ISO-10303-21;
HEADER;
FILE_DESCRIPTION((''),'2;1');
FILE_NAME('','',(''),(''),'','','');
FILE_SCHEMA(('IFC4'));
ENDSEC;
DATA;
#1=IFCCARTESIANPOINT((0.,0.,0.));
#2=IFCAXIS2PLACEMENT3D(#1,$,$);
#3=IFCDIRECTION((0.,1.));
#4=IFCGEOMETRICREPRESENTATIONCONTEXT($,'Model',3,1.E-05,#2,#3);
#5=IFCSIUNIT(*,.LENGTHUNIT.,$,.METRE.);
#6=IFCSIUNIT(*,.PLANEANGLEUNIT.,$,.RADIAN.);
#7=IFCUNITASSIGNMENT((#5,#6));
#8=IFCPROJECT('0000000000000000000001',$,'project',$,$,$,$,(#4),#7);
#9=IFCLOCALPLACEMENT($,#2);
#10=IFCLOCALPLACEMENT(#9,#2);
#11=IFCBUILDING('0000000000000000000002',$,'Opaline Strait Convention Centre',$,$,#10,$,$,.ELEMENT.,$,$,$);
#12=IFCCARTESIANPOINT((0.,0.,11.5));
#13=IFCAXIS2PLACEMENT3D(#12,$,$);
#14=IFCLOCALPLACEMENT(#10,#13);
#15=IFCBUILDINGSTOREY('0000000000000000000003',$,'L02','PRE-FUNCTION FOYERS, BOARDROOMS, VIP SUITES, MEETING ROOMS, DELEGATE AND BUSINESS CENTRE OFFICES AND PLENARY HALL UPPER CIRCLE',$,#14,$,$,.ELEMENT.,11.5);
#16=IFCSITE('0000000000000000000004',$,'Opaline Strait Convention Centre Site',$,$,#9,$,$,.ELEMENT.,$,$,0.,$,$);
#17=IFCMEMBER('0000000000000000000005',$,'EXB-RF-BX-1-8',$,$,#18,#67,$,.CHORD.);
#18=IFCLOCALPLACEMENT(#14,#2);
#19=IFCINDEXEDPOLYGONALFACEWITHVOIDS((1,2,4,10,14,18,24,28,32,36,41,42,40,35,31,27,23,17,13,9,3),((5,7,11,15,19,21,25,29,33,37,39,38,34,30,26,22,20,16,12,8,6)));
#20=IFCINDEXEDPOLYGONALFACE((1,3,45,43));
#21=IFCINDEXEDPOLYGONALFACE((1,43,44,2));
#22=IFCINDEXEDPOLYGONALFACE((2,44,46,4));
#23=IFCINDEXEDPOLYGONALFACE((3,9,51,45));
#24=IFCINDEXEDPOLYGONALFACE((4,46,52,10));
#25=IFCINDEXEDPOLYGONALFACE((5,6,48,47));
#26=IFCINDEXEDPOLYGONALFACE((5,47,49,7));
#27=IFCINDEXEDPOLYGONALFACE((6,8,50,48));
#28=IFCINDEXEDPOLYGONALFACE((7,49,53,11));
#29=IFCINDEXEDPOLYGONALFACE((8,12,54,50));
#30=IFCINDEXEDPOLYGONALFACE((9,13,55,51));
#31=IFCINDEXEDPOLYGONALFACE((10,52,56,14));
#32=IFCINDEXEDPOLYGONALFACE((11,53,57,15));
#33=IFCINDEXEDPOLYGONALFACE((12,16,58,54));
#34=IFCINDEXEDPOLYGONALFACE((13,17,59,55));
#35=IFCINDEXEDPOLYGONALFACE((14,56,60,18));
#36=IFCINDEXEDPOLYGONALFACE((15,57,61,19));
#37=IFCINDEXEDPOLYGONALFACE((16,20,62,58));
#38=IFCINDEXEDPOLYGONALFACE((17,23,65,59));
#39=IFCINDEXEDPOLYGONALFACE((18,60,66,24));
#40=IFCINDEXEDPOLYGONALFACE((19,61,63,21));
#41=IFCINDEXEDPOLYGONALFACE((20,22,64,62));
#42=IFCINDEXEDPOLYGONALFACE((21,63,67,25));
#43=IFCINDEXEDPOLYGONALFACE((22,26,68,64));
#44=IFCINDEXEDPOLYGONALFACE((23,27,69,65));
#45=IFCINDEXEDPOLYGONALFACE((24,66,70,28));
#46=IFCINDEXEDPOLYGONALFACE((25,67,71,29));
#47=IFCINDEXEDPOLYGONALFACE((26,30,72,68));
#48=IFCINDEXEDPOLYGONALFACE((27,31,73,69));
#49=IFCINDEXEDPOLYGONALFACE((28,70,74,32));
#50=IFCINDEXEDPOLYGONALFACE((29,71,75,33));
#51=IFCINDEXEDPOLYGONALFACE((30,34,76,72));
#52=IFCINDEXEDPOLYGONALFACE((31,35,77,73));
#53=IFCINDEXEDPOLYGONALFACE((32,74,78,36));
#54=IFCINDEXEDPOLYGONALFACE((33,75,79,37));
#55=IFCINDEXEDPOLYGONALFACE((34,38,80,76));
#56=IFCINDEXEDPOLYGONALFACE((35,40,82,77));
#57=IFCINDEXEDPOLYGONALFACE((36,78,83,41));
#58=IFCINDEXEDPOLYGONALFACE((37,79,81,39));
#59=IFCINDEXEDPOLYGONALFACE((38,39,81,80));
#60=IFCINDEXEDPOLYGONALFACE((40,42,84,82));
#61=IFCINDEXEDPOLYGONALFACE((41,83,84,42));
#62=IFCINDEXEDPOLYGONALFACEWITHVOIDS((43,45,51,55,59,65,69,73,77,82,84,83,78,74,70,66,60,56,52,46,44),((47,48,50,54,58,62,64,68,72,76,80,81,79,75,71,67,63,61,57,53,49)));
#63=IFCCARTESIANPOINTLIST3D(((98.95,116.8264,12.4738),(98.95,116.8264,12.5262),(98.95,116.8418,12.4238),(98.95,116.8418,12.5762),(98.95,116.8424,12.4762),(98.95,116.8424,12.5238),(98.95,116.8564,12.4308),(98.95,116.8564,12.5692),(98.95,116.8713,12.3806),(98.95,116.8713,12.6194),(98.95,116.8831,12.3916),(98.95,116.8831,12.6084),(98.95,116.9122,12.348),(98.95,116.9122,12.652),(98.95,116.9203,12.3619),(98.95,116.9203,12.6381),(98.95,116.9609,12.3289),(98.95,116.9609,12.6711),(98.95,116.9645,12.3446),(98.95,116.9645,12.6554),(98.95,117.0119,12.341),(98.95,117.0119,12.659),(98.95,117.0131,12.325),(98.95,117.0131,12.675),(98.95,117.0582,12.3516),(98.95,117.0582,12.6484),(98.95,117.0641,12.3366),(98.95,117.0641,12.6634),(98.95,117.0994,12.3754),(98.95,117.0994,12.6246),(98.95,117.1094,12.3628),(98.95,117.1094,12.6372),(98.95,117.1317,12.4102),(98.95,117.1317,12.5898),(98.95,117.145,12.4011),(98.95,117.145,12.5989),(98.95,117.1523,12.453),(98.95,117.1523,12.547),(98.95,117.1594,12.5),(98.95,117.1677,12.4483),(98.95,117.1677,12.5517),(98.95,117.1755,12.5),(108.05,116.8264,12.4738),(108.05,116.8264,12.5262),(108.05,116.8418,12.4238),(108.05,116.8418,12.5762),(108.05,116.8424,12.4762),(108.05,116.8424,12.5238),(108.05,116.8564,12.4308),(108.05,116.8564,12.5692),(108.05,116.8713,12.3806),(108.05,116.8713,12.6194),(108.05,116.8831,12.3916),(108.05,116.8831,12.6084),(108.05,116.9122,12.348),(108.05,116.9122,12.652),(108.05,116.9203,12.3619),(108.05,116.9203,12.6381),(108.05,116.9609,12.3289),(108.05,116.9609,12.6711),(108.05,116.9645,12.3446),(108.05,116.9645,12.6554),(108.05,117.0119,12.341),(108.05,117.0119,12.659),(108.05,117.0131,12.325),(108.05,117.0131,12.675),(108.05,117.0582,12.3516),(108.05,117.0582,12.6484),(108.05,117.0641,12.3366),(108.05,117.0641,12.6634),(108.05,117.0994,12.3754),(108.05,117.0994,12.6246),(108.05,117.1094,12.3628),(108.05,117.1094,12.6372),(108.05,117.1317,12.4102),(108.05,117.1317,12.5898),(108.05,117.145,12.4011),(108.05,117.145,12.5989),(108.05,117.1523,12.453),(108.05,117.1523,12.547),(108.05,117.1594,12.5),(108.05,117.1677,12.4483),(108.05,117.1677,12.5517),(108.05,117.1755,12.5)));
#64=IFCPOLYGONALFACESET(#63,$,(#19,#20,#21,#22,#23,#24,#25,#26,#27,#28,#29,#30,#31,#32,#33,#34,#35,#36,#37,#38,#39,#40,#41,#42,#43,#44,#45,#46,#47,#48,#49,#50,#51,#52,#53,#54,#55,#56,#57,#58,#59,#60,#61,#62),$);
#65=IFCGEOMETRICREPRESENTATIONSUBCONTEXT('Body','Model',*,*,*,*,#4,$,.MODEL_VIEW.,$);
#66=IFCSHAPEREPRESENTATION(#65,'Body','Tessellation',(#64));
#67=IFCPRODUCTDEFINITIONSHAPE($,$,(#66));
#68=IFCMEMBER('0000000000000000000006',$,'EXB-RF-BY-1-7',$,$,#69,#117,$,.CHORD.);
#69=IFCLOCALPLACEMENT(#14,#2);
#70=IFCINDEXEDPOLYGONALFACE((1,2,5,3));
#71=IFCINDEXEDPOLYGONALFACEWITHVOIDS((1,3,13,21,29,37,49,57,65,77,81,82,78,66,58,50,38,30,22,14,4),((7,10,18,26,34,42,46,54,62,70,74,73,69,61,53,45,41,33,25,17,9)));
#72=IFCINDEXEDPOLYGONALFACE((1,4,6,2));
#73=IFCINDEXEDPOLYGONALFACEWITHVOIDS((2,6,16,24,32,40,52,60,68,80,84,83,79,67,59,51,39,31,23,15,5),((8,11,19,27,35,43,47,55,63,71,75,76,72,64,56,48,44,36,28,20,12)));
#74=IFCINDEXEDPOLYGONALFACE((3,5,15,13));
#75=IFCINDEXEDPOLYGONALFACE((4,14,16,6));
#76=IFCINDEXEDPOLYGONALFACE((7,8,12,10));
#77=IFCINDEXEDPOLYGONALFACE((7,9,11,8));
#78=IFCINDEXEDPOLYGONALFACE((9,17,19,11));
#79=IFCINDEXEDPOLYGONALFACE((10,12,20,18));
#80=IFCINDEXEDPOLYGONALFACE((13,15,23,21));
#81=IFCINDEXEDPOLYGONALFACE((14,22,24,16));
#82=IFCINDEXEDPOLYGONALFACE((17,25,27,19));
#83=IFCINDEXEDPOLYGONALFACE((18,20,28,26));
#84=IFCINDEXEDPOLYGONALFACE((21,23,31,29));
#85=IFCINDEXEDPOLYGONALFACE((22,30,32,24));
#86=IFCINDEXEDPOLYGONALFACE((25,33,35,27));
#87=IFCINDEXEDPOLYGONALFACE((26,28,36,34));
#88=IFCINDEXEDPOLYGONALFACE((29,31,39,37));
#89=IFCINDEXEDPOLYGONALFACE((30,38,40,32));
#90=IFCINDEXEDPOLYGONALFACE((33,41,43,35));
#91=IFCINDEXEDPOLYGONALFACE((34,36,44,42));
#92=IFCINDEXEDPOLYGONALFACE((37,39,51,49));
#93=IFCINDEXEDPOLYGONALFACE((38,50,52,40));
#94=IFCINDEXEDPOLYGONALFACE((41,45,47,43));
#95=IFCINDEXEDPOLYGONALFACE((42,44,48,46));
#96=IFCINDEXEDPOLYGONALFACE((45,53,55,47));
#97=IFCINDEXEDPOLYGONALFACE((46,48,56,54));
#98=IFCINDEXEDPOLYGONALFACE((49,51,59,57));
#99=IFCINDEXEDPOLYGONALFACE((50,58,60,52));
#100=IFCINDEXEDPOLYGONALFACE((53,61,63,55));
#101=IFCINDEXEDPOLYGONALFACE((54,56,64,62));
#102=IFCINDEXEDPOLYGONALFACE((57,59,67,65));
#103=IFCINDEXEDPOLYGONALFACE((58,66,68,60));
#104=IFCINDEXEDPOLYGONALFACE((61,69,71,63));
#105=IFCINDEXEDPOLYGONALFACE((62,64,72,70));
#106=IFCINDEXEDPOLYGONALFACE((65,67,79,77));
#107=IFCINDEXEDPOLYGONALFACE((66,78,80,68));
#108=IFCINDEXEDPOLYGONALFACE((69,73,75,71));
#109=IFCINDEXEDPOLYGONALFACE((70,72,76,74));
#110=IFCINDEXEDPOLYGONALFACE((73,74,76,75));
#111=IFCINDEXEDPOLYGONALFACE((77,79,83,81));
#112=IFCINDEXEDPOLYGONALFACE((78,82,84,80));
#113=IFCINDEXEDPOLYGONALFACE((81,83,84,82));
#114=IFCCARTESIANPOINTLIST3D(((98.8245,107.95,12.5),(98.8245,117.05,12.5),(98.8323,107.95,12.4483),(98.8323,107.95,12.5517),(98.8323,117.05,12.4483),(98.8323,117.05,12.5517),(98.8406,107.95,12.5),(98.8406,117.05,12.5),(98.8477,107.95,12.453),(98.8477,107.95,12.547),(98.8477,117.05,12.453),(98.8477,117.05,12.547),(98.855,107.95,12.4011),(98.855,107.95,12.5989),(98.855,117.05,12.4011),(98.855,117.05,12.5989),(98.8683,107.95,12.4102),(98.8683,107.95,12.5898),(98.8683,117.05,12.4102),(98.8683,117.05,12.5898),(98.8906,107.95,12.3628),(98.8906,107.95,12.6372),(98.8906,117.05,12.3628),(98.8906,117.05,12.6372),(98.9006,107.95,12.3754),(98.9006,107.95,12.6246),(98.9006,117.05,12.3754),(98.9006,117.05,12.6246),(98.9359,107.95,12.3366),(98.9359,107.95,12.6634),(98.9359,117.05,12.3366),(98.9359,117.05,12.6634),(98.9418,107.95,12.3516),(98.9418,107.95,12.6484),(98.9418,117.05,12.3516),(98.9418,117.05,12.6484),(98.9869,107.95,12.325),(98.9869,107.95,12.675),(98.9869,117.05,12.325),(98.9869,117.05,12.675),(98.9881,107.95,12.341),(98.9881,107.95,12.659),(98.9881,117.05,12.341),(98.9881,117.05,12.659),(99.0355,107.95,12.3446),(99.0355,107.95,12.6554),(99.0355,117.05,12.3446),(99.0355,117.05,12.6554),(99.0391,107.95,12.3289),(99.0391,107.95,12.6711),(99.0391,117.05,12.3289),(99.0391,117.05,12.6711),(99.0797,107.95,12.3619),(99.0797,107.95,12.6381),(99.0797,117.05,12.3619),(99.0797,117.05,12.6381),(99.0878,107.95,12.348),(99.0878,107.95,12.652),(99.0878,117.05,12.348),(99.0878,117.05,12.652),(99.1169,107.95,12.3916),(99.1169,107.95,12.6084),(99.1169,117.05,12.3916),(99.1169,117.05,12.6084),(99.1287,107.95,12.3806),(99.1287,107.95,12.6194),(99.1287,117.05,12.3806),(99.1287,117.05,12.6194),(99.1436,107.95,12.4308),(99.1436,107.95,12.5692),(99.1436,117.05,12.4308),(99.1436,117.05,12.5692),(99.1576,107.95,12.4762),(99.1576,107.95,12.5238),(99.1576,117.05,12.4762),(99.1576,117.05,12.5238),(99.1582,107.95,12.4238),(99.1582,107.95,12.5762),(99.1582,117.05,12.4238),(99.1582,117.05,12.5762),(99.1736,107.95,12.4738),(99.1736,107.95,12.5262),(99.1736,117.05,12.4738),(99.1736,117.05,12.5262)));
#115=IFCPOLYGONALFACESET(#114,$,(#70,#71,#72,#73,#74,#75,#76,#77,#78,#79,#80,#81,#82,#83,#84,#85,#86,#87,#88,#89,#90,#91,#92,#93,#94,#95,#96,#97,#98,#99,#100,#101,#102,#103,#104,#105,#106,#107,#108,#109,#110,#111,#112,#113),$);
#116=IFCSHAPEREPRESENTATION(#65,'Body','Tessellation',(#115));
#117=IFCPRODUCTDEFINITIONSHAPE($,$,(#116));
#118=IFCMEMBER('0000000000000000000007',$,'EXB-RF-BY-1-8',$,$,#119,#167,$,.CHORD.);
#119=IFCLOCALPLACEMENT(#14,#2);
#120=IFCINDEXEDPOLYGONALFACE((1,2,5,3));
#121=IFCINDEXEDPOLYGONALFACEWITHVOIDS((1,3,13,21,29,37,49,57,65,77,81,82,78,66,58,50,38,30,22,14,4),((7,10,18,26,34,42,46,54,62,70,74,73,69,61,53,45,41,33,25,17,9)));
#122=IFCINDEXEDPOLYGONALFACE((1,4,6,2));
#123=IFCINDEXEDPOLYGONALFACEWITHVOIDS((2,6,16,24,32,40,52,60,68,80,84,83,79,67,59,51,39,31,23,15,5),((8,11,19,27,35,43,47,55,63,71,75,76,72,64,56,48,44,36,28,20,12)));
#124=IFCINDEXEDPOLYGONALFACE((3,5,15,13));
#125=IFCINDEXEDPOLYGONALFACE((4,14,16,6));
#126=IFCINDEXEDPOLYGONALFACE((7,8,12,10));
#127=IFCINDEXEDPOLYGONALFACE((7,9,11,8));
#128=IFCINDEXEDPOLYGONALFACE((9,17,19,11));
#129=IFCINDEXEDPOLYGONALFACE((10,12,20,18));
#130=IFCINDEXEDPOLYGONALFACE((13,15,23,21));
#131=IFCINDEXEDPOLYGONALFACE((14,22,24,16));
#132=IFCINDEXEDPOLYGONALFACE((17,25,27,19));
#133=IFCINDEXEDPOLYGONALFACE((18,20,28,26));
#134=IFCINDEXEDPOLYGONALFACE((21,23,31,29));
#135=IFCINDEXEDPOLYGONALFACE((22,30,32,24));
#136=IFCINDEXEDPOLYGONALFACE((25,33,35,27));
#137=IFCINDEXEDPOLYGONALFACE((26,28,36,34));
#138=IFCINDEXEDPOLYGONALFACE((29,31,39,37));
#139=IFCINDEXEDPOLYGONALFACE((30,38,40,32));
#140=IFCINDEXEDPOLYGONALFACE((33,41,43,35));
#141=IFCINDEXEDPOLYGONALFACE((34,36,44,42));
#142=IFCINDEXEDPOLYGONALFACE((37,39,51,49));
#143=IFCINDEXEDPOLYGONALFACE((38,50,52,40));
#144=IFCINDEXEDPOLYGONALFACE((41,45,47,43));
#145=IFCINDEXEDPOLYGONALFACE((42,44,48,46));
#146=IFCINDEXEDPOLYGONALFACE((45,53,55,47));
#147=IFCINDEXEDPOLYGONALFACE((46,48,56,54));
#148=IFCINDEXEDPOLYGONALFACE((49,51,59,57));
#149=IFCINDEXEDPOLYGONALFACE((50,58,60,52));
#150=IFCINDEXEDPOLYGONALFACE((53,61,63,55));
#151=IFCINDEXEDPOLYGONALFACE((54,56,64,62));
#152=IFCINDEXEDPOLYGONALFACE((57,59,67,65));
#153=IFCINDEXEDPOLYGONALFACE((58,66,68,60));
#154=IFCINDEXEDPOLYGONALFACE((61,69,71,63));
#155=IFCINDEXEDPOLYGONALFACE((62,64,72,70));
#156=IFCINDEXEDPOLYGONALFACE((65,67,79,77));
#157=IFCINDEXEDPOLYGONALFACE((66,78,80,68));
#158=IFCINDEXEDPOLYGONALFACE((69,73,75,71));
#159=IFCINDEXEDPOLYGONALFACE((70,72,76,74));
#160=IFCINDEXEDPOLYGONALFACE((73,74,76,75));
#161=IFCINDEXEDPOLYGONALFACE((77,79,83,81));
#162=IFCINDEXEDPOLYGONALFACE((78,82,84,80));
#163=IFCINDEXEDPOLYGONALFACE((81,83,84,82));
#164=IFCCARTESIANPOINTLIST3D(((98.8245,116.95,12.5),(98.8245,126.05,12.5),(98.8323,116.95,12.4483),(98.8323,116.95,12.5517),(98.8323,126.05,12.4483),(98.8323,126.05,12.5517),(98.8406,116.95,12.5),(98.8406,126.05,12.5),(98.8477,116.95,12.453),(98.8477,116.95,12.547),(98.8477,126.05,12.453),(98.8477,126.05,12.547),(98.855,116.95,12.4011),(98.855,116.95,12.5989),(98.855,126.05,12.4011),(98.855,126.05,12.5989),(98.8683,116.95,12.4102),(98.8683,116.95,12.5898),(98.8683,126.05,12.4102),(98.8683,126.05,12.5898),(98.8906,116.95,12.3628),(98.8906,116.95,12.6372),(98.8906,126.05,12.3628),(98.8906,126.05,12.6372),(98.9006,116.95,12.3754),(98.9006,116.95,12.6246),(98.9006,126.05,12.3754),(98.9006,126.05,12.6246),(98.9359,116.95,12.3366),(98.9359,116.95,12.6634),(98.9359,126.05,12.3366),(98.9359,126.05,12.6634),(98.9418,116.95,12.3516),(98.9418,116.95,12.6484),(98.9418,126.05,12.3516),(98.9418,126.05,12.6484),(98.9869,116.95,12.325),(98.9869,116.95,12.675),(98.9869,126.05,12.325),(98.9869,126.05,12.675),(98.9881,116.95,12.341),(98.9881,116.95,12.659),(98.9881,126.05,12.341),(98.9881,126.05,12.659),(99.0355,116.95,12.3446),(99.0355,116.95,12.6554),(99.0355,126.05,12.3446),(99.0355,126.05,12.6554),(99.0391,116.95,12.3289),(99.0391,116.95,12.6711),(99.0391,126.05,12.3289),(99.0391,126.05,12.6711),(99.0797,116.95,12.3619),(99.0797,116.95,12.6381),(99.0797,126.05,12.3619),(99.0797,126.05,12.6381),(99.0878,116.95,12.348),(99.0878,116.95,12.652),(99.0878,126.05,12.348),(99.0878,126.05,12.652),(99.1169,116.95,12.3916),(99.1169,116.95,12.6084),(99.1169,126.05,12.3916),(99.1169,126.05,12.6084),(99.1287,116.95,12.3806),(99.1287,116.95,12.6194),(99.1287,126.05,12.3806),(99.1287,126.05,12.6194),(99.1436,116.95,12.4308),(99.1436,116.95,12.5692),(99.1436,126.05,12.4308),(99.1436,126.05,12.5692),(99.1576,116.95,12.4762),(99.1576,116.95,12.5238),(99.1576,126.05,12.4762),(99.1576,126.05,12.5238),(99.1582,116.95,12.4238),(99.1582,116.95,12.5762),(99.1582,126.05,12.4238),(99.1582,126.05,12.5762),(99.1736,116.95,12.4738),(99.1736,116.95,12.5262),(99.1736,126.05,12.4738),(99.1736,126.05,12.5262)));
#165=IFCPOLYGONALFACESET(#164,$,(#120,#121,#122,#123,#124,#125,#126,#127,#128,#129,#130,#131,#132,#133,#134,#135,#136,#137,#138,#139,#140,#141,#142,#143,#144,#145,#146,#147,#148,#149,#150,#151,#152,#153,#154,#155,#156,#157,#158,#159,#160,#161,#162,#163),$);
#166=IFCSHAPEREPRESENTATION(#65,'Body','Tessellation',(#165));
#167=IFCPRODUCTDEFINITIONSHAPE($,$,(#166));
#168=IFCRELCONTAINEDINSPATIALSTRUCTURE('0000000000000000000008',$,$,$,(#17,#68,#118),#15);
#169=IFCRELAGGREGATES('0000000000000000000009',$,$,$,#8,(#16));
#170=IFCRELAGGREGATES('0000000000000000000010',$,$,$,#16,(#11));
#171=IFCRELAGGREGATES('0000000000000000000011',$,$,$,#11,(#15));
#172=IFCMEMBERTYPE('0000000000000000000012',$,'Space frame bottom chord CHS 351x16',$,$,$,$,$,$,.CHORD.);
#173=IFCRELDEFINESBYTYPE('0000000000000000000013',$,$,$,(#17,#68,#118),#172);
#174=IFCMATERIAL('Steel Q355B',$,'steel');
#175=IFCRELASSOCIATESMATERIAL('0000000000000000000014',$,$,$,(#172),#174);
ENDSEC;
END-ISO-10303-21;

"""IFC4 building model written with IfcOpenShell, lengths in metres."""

from ifc_helpers import new_model, si_unit, direction, frame, origin, origin_2d, place, context, subcontext, project, spatial, hollow_circle, extrude, material, material_profile, profile_set, type_object, element, save


model = new_model("IFC4")

# Units and contexts
model_context = context("Model", 3, precision=1e-05, world=origin(), true_north=direction((0.0, 1.0)))
body_context = subcontext(model_context, "Body", "Model", "MODEL_VIEW")
ifc_project = project(units=[si_unit("LENGTHUNIT", "METRE"), si_unit("PLANEANGLEUNIT", "RADIAN")], contexts=[model_context])

# Site, building, storey
site_placement = place(None, origin())
site = spatial("IfcSite", under=ifc_project, at=site_placement, Name="Opaline Strait Convention Centre Site", CompositionType="ELEMENT", RefElevation=0.0)
building_placement = place(site_placement, origin())
building = spatial("IfcBuilding", under=site, at=building_placement, Name="Opaline Strait Convention Centre", CompositionType="ELEMENT")
storey_placement = place(building_placement, frame((0.0, 0.0, 11.5)))
storey = spatial("IfcBuildingStorey", under=building, at=storey_placement, Name="L02", Description="PRE-FUNCTION FOYERS, BOARDROOMS, VIP SUITES, MEETING ROOMS, DELEGATE AND BUSINESS CENTRE OFFICES AND PLENARY HALL UPPER CIRCLE", CompositionType="ELEMENT", Elevation=11.5)

# Shared definitions
ifc_material_1 = material(Name="Steel Q355B", Category="steel")

# Members
ifc_material_profile_1 = material_profile(ifc_material_1, hollow_circle(Radius=0.1755, WallThickness=0.0161, at=origin_2d()), Name="CHS 351x16")
ifc_profile_set_1 = profile_set([ifc_material_profile_1], Name="Steel Q355B")
member_type_1 = type_object("IfcMemberType", Name="Space frame bottom chord CHS 351x16", PredefinedType="CHORD", material=ifc_profile_set_1)
for number, where, z_axis, x_axis, name in (
    (1, (98.95, 117.0, 12.5), (1.0, 0.0, 0.0), (0.0, 1.0, 0.0), "EXB-RF-BX-1-8"),
    (2, (99.0, 107.95, 12.5), (0.0, 1.0, 0.0), (-1.0, 0.0, 0.0), "EXB-RF-BY-1-7"),
    (3, (99.0, 116.95, 12.5), (0.0, 1.0, 0.0), (-1.0, 0.0, 0.0), "EXB-RF-BY-1-8"),
):
    element("IfcMember", number, at=place(storey_placement, frame(where, z_axis=z_axis, x_axis=x_axis)), inside=storey, type_object=member_type_1, Name=name, PredefinedType="CHORD", context=body_context, shape_type="SweptSolid", body=[
        extrude(hollow_circle(Radius=0.1755, WallThickness=0.0161, at=origin_2d()), origin(), (0.0, 0.0, 1.0), 9.1001),
    ])

save(model, "model.ifc")
